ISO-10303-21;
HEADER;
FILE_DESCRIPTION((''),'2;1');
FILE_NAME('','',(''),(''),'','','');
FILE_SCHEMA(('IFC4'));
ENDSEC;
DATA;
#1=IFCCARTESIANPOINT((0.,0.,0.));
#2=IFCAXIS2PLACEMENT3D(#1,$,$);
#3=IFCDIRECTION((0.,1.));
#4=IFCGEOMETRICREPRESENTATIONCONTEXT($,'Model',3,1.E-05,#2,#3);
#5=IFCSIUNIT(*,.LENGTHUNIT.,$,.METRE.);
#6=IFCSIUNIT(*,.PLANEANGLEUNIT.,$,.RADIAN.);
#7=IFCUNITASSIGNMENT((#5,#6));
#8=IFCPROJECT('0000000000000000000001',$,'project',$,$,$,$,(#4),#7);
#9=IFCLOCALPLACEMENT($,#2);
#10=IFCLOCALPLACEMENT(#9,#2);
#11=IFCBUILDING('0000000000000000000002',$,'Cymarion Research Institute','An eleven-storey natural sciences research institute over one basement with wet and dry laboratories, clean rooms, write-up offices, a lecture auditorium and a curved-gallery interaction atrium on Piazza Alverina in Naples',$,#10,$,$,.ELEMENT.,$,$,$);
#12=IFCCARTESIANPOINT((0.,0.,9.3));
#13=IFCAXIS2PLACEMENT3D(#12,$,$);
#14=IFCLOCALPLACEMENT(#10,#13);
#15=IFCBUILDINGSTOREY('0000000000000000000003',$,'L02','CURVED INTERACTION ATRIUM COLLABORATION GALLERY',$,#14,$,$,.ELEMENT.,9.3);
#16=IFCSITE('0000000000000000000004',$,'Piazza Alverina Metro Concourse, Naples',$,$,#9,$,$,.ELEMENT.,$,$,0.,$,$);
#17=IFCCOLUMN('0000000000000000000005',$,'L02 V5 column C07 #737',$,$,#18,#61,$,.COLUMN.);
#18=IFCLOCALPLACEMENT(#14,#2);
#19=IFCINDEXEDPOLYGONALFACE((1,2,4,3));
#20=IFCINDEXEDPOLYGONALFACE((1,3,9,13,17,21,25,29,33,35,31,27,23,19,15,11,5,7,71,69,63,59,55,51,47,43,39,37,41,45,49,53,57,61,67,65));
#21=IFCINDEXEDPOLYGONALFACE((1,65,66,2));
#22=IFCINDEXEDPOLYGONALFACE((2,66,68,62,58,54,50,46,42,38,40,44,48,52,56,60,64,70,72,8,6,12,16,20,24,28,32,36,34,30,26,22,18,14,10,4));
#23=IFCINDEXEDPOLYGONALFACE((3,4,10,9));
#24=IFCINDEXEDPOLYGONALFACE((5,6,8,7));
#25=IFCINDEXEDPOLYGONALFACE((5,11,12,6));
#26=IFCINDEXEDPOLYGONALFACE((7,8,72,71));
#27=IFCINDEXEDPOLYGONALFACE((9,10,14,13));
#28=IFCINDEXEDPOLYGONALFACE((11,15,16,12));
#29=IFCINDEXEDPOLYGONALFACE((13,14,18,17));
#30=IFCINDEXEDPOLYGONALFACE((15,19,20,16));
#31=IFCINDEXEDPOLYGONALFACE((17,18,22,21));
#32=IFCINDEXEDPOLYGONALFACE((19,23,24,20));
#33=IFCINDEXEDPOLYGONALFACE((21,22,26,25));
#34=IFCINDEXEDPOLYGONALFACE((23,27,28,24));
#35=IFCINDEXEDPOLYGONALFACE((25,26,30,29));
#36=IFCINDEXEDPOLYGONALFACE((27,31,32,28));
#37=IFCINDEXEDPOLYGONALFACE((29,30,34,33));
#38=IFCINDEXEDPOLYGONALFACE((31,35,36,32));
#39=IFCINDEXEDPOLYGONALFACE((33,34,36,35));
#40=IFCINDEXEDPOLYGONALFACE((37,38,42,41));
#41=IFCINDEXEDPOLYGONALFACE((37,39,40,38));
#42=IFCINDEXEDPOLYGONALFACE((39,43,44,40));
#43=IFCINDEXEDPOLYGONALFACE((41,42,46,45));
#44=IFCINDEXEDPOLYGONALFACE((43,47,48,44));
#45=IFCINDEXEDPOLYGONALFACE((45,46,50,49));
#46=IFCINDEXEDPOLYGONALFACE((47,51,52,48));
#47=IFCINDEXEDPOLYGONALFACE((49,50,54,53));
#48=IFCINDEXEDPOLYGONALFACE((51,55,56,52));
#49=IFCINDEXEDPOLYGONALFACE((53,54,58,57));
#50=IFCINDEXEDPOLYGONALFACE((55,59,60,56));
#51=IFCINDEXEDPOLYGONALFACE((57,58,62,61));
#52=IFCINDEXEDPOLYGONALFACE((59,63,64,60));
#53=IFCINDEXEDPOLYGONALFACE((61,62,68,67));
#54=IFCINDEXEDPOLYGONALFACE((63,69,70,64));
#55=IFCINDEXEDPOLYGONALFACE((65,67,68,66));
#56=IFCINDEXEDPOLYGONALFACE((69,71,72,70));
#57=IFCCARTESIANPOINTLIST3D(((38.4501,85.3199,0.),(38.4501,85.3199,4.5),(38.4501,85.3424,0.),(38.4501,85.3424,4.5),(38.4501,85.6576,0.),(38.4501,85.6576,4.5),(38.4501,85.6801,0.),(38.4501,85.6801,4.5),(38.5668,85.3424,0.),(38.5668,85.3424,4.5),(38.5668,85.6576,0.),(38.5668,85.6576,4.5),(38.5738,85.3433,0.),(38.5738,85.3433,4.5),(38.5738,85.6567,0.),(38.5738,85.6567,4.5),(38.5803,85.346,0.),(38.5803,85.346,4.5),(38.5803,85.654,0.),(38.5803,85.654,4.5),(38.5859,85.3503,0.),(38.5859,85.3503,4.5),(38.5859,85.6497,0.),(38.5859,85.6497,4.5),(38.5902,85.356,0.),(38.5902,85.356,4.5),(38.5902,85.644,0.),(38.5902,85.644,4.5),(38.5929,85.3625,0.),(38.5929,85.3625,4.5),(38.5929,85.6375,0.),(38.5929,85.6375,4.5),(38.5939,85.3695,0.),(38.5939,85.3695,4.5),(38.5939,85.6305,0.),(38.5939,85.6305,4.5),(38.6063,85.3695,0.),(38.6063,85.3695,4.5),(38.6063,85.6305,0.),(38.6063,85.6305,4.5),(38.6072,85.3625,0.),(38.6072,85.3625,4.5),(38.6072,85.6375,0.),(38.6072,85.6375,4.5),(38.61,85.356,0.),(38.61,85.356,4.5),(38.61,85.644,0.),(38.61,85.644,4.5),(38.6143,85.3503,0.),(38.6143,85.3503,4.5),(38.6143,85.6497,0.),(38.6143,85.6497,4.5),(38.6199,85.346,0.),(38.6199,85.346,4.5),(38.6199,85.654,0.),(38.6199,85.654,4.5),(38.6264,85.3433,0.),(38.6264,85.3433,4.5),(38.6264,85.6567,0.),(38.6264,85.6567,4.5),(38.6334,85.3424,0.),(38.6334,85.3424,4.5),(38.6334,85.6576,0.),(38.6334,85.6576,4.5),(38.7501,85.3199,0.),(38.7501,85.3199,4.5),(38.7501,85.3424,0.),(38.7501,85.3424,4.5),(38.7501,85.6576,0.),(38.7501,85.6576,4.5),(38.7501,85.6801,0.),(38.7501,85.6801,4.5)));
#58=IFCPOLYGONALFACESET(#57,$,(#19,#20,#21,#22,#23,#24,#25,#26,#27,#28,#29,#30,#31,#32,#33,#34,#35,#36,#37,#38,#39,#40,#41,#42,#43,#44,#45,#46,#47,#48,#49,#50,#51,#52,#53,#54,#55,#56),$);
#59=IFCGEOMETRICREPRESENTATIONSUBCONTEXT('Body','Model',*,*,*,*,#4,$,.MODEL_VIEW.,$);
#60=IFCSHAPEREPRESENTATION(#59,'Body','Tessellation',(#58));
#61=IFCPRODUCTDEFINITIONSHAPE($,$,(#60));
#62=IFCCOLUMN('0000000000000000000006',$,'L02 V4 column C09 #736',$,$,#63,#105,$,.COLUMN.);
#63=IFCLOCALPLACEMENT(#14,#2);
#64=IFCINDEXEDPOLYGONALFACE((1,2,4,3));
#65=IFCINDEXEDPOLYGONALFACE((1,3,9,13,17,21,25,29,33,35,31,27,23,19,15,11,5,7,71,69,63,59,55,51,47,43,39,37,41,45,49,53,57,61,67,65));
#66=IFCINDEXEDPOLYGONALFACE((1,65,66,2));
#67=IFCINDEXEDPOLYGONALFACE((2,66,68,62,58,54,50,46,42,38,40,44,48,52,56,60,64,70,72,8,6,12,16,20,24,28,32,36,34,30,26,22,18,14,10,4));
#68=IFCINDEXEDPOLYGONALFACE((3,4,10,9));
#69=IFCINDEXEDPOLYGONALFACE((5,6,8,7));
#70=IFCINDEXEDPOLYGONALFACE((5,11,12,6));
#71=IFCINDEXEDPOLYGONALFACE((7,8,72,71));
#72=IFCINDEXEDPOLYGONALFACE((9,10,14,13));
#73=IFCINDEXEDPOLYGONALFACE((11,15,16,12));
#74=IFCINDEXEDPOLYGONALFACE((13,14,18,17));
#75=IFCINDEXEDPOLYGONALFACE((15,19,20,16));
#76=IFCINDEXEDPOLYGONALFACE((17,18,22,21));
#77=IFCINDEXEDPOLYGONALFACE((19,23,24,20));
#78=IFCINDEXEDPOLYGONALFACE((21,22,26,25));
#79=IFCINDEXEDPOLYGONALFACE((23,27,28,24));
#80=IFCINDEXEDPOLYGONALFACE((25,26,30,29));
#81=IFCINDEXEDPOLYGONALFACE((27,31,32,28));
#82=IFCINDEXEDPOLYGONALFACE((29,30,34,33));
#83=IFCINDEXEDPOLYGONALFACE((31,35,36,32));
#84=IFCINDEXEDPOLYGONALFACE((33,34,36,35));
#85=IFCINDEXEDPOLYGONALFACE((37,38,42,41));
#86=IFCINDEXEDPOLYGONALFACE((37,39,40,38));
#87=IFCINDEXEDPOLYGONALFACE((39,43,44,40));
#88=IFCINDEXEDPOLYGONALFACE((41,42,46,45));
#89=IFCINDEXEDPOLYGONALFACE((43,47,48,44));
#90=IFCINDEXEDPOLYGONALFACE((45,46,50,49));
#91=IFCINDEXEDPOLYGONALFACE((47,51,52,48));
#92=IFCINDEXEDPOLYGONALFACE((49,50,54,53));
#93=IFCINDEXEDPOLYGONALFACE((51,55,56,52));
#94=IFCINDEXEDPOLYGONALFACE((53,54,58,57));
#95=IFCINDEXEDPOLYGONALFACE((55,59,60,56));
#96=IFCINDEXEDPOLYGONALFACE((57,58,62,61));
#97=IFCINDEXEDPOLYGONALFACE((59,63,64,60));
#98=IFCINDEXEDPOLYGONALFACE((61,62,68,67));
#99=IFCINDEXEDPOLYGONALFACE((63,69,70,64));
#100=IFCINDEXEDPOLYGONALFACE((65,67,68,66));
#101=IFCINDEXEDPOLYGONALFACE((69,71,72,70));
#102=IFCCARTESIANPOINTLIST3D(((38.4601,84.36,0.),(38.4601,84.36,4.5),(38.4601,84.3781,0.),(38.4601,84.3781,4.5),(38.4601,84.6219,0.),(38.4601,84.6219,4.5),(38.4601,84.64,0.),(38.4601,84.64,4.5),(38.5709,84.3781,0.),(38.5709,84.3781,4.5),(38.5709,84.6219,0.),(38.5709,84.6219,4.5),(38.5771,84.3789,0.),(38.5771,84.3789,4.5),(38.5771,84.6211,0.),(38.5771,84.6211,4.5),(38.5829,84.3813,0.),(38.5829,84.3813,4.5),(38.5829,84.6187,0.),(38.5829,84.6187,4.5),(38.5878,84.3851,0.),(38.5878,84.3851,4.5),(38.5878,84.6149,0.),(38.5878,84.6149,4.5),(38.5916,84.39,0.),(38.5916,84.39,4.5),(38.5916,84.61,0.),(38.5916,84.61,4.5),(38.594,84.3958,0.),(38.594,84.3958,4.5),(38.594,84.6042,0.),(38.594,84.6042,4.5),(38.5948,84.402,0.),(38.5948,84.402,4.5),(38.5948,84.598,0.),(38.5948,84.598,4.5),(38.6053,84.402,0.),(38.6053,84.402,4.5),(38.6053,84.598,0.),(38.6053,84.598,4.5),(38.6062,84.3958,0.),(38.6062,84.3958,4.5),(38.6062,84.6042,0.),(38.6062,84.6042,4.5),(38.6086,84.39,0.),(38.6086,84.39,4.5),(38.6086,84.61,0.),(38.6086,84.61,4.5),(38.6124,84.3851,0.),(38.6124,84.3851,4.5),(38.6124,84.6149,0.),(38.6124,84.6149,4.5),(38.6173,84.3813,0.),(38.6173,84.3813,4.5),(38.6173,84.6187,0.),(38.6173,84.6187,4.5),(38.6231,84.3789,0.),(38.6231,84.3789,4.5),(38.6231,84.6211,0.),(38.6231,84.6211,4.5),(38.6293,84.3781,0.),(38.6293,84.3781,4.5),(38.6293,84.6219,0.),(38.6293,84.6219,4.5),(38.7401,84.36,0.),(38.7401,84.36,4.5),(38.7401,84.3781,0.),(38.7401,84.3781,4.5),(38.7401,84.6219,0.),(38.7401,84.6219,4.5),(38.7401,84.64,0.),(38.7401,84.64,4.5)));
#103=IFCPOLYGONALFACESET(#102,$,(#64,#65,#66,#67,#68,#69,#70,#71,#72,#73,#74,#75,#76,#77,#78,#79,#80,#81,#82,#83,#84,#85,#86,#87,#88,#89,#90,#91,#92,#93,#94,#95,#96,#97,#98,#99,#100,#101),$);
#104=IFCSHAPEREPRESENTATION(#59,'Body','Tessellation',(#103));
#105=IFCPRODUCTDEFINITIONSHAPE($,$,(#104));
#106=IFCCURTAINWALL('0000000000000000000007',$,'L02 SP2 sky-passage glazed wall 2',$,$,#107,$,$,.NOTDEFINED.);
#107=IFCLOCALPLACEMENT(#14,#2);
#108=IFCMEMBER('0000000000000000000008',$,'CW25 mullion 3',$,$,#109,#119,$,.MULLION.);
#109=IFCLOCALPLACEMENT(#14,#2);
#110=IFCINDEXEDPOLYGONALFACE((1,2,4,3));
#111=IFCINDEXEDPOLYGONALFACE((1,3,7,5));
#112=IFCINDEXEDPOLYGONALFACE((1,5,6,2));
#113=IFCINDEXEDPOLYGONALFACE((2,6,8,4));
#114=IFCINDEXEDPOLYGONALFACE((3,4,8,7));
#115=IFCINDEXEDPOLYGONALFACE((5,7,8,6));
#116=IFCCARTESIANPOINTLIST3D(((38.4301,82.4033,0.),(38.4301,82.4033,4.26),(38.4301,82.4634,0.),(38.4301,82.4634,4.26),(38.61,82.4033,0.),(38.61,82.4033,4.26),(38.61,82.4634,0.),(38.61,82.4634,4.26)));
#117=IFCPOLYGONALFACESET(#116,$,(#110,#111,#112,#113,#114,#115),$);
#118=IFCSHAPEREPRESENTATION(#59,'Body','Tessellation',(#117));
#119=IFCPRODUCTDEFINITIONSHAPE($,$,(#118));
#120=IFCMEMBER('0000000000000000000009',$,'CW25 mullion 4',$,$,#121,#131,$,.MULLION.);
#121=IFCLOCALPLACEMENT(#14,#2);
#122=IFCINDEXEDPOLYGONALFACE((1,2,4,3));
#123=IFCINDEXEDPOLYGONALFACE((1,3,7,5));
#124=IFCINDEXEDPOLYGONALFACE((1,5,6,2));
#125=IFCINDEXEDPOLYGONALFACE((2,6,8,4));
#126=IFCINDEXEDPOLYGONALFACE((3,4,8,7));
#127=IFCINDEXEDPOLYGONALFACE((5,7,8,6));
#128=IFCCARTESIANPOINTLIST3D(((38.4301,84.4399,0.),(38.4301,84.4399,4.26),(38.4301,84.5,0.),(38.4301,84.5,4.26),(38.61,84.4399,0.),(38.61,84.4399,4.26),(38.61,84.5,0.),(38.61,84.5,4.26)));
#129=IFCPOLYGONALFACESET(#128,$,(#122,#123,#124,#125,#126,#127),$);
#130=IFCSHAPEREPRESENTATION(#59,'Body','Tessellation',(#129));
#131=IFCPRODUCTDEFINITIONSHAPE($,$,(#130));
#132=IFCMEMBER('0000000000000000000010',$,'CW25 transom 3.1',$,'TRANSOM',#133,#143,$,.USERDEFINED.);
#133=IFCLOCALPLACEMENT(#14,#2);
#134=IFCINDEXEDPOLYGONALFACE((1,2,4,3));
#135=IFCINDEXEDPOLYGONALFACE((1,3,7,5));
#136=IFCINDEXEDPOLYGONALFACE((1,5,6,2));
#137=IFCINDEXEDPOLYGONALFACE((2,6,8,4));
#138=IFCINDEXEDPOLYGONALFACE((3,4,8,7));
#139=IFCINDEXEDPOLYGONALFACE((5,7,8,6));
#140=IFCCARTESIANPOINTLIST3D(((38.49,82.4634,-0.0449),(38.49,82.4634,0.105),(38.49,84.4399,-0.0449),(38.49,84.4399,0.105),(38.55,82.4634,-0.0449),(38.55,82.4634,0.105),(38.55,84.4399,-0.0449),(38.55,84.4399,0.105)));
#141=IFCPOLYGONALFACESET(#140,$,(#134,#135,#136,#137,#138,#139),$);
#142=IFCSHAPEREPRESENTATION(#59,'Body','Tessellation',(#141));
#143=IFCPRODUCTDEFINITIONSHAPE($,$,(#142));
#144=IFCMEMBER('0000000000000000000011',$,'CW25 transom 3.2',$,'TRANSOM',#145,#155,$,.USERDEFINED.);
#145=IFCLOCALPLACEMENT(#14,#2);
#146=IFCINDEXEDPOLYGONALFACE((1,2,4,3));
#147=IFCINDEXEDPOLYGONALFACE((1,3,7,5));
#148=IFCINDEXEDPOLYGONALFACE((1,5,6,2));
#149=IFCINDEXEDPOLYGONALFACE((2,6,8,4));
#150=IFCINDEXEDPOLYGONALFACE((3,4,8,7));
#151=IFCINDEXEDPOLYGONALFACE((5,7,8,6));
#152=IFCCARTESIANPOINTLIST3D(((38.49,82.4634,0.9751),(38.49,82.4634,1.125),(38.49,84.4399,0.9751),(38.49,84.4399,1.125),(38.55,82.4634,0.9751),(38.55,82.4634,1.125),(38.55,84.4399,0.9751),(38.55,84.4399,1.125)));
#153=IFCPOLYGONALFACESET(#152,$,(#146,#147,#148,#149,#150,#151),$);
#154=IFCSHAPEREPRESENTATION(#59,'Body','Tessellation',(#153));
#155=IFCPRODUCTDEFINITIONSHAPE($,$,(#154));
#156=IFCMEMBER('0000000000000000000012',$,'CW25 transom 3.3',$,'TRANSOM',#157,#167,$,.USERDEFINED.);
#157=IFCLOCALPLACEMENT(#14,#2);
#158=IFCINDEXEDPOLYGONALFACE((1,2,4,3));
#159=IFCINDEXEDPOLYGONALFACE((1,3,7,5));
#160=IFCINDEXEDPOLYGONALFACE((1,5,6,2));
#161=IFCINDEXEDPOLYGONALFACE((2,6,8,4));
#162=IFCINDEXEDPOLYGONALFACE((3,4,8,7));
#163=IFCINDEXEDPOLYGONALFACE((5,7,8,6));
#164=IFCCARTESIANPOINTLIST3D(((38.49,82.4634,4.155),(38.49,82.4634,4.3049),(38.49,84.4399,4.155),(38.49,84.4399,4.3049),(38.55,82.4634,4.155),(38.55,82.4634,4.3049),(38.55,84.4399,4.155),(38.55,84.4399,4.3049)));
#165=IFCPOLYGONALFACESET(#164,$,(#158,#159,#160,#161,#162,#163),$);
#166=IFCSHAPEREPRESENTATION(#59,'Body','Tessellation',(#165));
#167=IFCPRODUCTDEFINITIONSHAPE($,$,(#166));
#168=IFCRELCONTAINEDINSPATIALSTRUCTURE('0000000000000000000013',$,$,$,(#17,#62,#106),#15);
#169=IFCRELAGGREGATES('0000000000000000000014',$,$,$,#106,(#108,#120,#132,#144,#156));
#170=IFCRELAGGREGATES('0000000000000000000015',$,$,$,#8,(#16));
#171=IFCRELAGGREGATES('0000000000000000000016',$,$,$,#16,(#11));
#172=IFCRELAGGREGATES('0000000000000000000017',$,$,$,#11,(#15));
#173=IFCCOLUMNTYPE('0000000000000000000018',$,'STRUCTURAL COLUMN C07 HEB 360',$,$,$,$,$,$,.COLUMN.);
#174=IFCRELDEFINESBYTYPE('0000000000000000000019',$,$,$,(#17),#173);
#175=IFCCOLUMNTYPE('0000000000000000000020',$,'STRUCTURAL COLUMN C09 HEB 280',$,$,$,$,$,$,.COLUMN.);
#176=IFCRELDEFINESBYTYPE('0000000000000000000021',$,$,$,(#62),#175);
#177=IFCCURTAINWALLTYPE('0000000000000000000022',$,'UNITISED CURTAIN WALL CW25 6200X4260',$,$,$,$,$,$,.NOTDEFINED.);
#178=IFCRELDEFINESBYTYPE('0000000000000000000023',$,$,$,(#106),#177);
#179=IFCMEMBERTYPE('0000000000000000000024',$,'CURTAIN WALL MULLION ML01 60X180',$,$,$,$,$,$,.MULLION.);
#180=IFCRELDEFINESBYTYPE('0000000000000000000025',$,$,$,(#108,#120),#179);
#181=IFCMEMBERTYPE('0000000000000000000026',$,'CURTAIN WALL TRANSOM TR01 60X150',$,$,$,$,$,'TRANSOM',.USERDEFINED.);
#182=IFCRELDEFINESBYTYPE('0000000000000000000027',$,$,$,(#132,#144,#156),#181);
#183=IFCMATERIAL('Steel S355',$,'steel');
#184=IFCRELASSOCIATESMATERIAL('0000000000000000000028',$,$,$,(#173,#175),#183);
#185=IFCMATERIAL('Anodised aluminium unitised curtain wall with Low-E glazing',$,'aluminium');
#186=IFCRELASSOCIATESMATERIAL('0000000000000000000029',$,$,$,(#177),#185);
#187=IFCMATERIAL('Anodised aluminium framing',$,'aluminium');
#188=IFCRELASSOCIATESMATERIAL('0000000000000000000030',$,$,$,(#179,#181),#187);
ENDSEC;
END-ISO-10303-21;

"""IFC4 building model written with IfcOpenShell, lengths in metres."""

from ifc_helpers import new_model, si_unit, direction, frame, origin, origin_2d, place, context, subcontext, project, spatial, rectangle, i_section, extrude, material, material_profile, profile_set, type_object, element, aggregate, save


model = new_model("IFC4")

# Units and contexts
model_context = context("Model", 3, precision=1e-05, world=origin(), true_north=direction((0.0, 1.0)))
body_context = subcontext(model_context, "Body", "Model", "MODEL_VIEW")
ifc_project = project(units=[si_unit("LENGTHUNIT", "METRE"), si_unit("PLANEANGLEUNIT", "RADIAN")], contexts=[model_context])

# Site, building, storey
site_placement = place(None, origin())
site = spatial("IfcSite", under=ifc_project, at=site_placement, Name="Piazza Alverina Metro Concourse, Naples", CompositionType="ELEMENT", RefElevation=0.0)
building_placement = place(site_placement, origin())
building = spatial("IfcBuilding", under=site, at=building_placement, Name="Cymarion Research Institute", Description="An eleven-storey natural sciences research institute over one basement with wet and dry laboratories, clean rooms, write-up offices, a lecture auditorium and a curved-gallery interaction atrium on Piazza Alverina in Naples", CompositionType="ELEMENT")
storey_placement = place(building_placement, frame((0.0, 0.0, 9.3)))
storey = spatial("IfcBuildingStorey", under=building, at=storey_placement, Name="L02", Description="CURVED INTERACTION ATRIUM COLLABORATION GALLERY", CompositionType="ELEMENT", Elevation=9.3)

# Columns
ifc_material_1 = material(Name="Steel S355", Category="steel")
ifc_material_profile_1 = material_profile(ifc_material_1, i_section(OverallWidth=0.3, OverallDepth=0.3601, WebThickness=0.0125, FlangeThickness=0.0225, FilletRadius=0.0271, at=origin_2d()), Name="HEB 360")
ifc_profile_set_1 = profile_set([ifc_material_profile_1], Name="Steel S355")
column_type_1 = type_object("IfcColumnType", Name="STRUCTURAL COLUMN C07 HEB 360", PredefinedType="COLUMN", material=ifc_profile_set_1)
column_1_placement = place(storey_placement, frame((38.6001, 85.5, 0.0), z_axis=(0.0, 0.0, 1.0), x_axis=(1.0, 0.0, 0.0)))
element("IfcColumn", 1, at=column_1_placement, inside=storey, type_object=column_type_1, Name="L02 V5 column C07 #737", PredefinedType="COLUMN", context=body_context, shape_type="SweptSolid", body=[
    extrude(i_section(OverallWidth=0.3, OverallDepth=0.3601, WebThickness=0.0125, FlangeThickness=0.0225, FilletRadius=0.0271, at=origin_2d()), origin(), (0.0, 0.0, 1.0), 4.5),
])
ifc_material_profile_2 = material_profile(ifc_material_1, i_section(OverallWidth=0.28, OverallDepth=0.28, WebThickness=0.0105, FlangeThickness=0.0181, FilletRadius=0.0239, at=origin_2d()), Name="HEB 280")
ifc_profile_set_2 = profile_set([ifc_material_profile_2], Name="Steel S355")
column_type_2 = type_object("IfcColumnType", Name="STRUCTURAL COLUMN C09 HEB 280", PredefinedType="COLUMN", material=ifc_profile_set_2)
column_2_placement = place(storey_placement, frame((38.6001, 84.5, 0.0), z_axis=(0.0, 0.0, 1.0), x_axis=(1.0, 0.0, 0.0)))
element("IfcColumn", 2, at=column_2_placement, inside=storey, type_object=column_type_2, Name="L02 V4 column C09 #736", PredefinedType="COLUMN", context=body_context, shape_type="SweptSolid", body=[
    extrude(i_section(OverallWidth=0.28, OverallDepth=0.28, WebThickness=0.0105, FlangeThickness=0.0181, FilletRadius=0.0239, at=origin_2d()), origin(), (0.0, 0.0, 1.0), 4.5),
])

# Curtain wall, members
ifc_material_2 = material(Name="Anodised aluminium unitised curtain wall with Low-E glazing", Category="aluminium")
curtain_wall_type = type_object("IfcCurtainWallType", Name="UNITISED CURTAIN WALL CW25 6200X4260", PredefinedType="NOTDEFINED", material=ifc_material_2)
curtain_wall_placement = place(storey_placement, origin())
curtain_wall = element("IfcCurtainWall", 3, at=curtain_wall_placement, inside=storey, type_object=curtain_wall_type, Name="L02 SP2 sky-passage glazed wall 2", PredefinedType="NOTDEFINED")
ifc_material_3 = material(Name="Anodised aluminium framing", Category="aluminium")
ifc_material_profile_3 = material_profile(ifc_material_3, rectangle(XDim=0.0601, YDim=0.1799, at=origin_2d()), Name="ALU MULLION 60x180")
ifc_profile_set_3 = profile_set([ifc_material_profile_3], Name="Anodised aluminium framing")
member_type_1 = type_object("IfcMemberType", Name="CURTAIN WALL MULLION ML01 60X180", PredefinedType="MULLION", material=ifc_profile_set_3)
member_1_placement = place(storey_placement, frame((38.52, 82.4333, 0.0), z_axis=(0.0, 0.0, 1.0), x_axis=(0.0, 1.0, 0.0)))
member_1 = element("IfcMember", 4, at=member_1_placement, type_object=member_type_1, Name="CW25 mullion 3", PredefinedType="MULLION", context=body_context, shape_type="SweptSolid", body=[
    extrude(rectangle(XDim=0.0601, YDim=0.1799, at=origin_2d()), origin(), (0.0, 0.0, 1.0), 4.26),
])
member_2_placement = place(storey_placement, frame((38.52, 84.47, 0.0), z_axis=(0.0, 0.0, 1.0), x_axis=(0.0, 1.0, 0.0)))
member_2 = element("IfcMember", 5, at=member_2_placement, type_object=member_type_1, Name="CW25 mullion 4", PredefinedType="MULLION", context=body_context, shape_type="SweptSolid", body=[
    extrude(rectangle(XDim=0.0601, YDim=0.1799, at=origin_2d()), origin(), (0.0, 0.0, 1.0), 4.26),
])
ifc_material_profile_4 = material_profile(ifc_material_3, rectangle(XDim=0.0601, YDim=0.1499, at=origin_2d()), Name="ALU TRANSOM 60x150")
ifc_profile_set_4 = profile_set([ifc_material_profile_4], Name="Anodised aluminium framing")
member_type_2 = type_object("IfcMemberType", Name="CURTAIN WALL TRANSOM TR01 60X150", ElementType="TRANSOM", PredefinedType="USERDEFINED", material=ifc_profile_set_4)
member_3_placement = place(storey_placement, frame((38.52, 82.4634, 0.03), z_axis=(0.0, 1.0, 0.0), x_axis=(-1.0, 0.0, 0.0)))
member_3 = element("IfcMember", 6, at=member_3_placement, type_object=member_type_2, Name="CW25 transom 3.1", ObjectType="TRANSOM", PredefinedType="USERDEFINED", context=body_context, shape_type="SweptSolid", body=[
    extrude(rectangle(XDim=0.0601, YDim=0.1499, at=origin_2d()), origin(), (0.0, 0.0, 1.0), 1.9766),
])
member_4_placement = place(storey_placement, frame((38.52, 82.4634, 1.05), z_axis=(0.0, 1.0, 0.0), x_axis=(-1.0, 0.0, 0.0)))
member_4 = element("IfcMember", 7, at=member_4_placement, type_object=member_type_2, Name="CW25 transom 3.2", ObjectType="TRANSOM", PredefinedType="USERDEFINED", context=body_context, shape_type="SweptSolid", body=[
    extrude(rectangle(XDim=0.0601, YDim=0.1499, at=origin_2d()), origin(), (0.0, 0.0, 1.0), 1.9766),
])
member_5_placement = place(storey_placement, frame((38.52, 82.4634, 4.23), z_axis=(0.0, 1.0, 0.0), x_axis=(-1.0, 0.0, 0.0)))
member_5 = element("IfcMember", 8, at=member_5_placement, type_object=member_type_2, Name="CW25 transom 3.3", ObjectType="TRANSOM", PredefinedType="USERDEFINED", context=body_context, shape_type="SweptSolid", body=[
    extrude(rectangle(XDim=0.0601, YDim=0.1499, at=origin_2d()), origin(), (0.0, 0.0, 1.0), 1.9766),
])

aggregate(curtain_wall, [member_1, member_2, member_3, member_4, member_5])

save(model, "model.ifc")
